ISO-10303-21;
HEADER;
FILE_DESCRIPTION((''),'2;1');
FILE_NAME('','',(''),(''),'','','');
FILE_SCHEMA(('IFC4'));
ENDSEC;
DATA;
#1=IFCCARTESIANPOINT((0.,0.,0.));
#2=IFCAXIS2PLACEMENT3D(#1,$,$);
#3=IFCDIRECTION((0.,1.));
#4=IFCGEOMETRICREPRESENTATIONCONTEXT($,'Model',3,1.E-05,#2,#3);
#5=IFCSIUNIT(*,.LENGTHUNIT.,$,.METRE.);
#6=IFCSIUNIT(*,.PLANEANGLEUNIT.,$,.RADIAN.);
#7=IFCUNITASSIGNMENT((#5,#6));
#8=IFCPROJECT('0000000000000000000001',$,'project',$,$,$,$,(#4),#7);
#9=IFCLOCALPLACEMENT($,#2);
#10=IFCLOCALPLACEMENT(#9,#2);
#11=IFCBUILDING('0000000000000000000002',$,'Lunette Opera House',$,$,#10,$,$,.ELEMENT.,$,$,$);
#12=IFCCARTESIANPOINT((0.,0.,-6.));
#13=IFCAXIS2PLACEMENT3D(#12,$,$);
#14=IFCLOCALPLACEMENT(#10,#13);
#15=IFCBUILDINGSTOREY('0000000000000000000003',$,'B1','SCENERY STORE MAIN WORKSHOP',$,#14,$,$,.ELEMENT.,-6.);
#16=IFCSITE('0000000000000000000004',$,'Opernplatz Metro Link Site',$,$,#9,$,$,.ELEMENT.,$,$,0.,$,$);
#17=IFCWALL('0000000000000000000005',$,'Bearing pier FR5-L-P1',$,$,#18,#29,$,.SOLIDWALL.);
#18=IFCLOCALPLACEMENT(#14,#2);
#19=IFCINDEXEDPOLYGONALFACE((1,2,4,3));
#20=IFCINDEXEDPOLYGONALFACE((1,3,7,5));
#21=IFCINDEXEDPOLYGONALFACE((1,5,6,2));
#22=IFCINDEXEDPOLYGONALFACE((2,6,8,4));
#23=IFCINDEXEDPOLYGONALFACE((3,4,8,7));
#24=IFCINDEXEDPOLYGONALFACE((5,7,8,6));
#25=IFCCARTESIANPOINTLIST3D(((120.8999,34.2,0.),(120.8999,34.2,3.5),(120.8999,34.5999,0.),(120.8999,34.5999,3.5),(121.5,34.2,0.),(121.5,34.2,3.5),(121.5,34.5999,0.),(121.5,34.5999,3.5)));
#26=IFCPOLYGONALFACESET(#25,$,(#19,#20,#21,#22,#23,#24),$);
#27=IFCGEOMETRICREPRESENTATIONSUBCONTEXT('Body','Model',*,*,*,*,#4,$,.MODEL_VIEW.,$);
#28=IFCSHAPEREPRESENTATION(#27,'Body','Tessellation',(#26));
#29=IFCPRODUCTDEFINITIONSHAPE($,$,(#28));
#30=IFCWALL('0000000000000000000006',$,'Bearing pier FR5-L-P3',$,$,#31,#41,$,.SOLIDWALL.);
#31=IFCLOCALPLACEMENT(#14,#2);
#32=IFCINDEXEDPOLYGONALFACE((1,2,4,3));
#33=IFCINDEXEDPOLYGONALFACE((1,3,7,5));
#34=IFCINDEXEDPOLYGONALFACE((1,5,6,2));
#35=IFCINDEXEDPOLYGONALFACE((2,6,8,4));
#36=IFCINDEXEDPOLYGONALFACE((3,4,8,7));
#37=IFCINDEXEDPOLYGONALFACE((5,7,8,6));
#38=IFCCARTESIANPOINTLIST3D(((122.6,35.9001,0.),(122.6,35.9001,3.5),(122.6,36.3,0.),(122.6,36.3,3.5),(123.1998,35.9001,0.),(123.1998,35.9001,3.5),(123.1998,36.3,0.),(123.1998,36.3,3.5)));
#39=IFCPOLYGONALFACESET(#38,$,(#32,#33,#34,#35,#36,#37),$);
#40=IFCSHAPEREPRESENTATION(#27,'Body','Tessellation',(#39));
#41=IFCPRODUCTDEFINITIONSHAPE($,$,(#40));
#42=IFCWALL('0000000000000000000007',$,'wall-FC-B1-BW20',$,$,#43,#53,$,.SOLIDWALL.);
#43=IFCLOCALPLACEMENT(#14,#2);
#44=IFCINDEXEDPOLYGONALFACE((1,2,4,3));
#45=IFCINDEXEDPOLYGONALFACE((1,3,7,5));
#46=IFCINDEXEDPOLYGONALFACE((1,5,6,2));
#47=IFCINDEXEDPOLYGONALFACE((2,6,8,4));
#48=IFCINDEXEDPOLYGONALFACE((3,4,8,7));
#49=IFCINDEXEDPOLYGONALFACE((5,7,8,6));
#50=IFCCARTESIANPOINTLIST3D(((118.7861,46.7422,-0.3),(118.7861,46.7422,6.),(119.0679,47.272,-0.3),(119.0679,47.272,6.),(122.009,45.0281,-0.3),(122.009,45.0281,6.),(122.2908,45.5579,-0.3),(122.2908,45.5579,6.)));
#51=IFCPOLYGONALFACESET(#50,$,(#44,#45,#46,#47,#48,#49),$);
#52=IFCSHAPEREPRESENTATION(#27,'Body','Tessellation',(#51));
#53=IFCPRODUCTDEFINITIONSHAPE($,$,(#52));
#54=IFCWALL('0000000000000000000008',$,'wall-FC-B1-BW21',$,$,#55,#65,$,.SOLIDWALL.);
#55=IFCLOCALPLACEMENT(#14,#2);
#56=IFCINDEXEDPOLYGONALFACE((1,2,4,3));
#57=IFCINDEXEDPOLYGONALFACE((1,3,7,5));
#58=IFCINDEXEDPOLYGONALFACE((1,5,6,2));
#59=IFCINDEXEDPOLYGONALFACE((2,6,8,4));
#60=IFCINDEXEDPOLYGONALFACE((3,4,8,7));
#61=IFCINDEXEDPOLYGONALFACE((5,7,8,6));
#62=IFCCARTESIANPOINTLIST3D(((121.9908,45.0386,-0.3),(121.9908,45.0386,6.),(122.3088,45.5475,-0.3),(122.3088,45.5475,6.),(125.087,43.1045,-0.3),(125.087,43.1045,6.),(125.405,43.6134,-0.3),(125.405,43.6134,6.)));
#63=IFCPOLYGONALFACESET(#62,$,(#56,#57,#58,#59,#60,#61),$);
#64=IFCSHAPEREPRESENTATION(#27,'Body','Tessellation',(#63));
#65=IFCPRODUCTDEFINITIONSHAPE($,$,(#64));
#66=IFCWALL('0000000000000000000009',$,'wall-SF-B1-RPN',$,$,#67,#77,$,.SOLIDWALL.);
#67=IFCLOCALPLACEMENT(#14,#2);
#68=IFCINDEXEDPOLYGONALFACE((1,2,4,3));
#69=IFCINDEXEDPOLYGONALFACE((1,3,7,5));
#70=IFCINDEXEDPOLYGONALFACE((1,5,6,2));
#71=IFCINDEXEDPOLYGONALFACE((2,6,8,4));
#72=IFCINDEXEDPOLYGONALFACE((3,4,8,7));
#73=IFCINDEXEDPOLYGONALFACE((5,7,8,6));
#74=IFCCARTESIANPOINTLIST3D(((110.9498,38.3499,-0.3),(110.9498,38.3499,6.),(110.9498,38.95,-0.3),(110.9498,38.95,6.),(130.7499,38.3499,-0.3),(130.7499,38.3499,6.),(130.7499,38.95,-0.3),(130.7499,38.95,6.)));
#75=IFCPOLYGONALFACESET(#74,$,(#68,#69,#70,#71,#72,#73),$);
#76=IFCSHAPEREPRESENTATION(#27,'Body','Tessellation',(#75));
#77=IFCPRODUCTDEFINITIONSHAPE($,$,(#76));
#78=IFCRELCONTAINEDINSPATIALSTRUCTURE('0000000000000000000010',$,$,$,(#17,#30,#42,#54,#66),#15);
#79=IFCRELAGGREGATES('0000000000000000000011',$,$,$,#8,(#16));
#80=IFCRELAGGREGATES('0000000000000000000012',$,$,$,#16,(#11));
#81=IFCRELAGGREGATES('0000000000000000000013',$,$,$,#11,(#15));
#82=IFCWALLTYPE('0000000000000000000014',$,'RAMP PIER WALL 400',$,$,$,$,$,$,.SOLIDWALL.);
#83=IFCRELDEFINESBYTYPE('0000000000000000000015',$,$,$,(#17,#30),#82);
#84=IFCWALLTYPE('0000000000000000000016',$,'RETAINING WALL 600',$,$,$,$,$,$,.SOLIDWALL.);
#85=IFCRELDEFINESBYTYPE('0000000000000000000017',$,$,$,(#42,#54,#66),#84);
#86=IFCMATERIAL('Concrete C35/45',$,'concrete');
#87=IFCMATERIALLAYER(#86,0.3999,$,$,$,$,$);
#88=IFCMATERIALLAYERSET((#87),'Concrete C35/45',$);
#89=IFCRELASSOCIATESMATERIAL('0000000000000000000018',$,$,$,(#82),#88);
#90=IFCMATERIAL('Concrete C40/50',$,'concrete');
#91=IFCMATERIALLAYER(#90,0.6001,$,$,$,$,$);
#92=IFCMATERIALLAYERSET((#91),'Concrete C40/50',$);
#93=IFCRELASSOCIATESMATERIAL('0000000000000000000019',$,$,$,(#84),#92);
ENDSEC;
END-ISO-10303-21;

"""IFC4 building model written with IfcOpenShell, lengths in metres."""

from ifc_helpers import new_model, si_unit, direction, frame, frame_2d, origin, place, context, subcontext, project, spatial, rectangle, extrude, material, layer, layer_set, type_object, element, save


model = new_model("IFC4")

# Units and contexts
model_context = context("Model", 3, precision=1e-05, world=origin(), true_north=direction((0.0, 1.0)))
body_context = subcontext(model_context, "Body", "Model", "MODEL_VIEW")
ifc_project = project(units=[si_unit("LENGTHUNIT", "METRE"), si_unit("PLANEANGLEUNIT", "RADIAN")], contexts=[model_context])

# Site, building, storey
site_placement = place(None, origin())
site = spatial("IfcSite", under=ifc_project, at=site_placement, Name="Opernplatz Metro Link Site", CompositionType="ELEMENT", RefElevation=0.0)
building_placement = place(site_placement, origin())
building = spatial("IfcBuilding", under=site, at=building_placement, Name="Lunette Opera House", CompositionType="ELEMENT")
storey_placement = place(building_placement, frame((0.0, 0.0, -6.0)))
storey = spatial("IfcBuildingStorey", under=building, at=storey_placement, Name="B1", Description="SCENERY STORE MAIN WORKSHOP", CompositionType="ELEMENT", Elevation=-6.0)

# Walls
ifc_material_1 = material(Name="Concrete C35/45", Category="concrete")
ifc_layer_1 = layer(ifc_material_1, 0.3999)
ifc_layer_set_1 = layer_set([ifc_layer_1], Name="Concrete C35/45")
wall_type_1 = type_object("IfcWallType", Name="RAMP PIER WALL 400", PredefinedType="SOLIDWALL", material=ifc_layer_set_1)
wall_1_placement = place(storey_placement, frame((120.8999, 34.3999, 0.0), z_axis=(0.0, 0.0, 1.0), x_axis=(1.0, 0.0, 0.0)))
element("IfcWall", 1, at=wall_1_placement, inside=storey, type_object=wall_type_1, Name="Bearing pier FR5-L-P1", PredefinedType="SOLIDWALL", context=body_context, shape_type="SweptSolid", body=[
    extrude(rectangle(XDim=0.6001, YDim=0.3999, at=frame_2d((0.3, 0.0))), origin(), (0.0, 0.0, 1.0), 3.5),
])
wall_2_placement = place(storey_placement, frame((122.6001, 36.1001, 0.0), z_axis=(0.0, 0.0, 1.0), x_axis=(1.0, 0.0, 0.0)))
element("IfcWall", 2, at=wall_2_placement, inside=storey, type_object=wall_type_1, Name="Bearing pier FR5-L-P3", PredefinedType="SOLIDWALL", context=body_context, shape_type="SweptSolid", body=[
    extrude(rectangle(XDim=0.5999, YDim=0.3999, at=frame_2d((0.2998, 0.0))), origin(), (0.0, 0.0, 1.0), 3.5),
])
ifc_material_2 = material(Name="Concrete C40/50", Category="concrete")
ifc_layer_2 = layer(ifc_material_2, 0.6001)
ifc_layer_set_2 = layer_set([ifc_layer_2], Name="Concrete C40/50")
wall_type_2 = type_object("IfcWallType", Name="RETAINING WALL 600", PredefinedType="SOLIDWALL", material=ifc_layer_set_2)
wall_3_placement = place(storey_placement, frame((118.927, 47.0071, -0.3), z_axis=(0.0, 0.0, 1.0), x_axis=(0.882895, -0.469571, 0.0)))
element("IfcWall", 3, at=wall_3_placement, inside=storey, type_object=wall_type_2, Name="wall-FC-B1-BW20", PredefinedType="SOLIDWALL", context=body_context, shape_type="SweptSolid", body=[
    extrude(rectangle(XDim=3.6504, YDim=0.6001, at=frame_2d((1.8252, 0.0))), origin(), (0.0, 0.0, 1.0), 6.3),
])
wall_4_placement = place(storey_placement, frame((122.1499, 45.293, -0.3), z_axis=(0.0, 0.0, 1.0), x_axis=(0.848126, -0.529795, 0.0)))
element("IfcWall", 4, at=wall_4_placement, inside=storey, type_object=wall_type_2, Name="wall-FC-B1-BW21", PredefinedType="SOLIDWALL", context=body_context, shape_type="SweptSolid", body=[
    extrude(rectangle(XDim=3.6506, YDim=0.6001, at=frame_2d((1.8252, 0.0))), origin(), (0.0, 0.0, 1.0), 6.3),
])
wall_5_placement = place(storey_placement, frame((110.95, 38.6499, -0.3), z_axis=(0.0, 0.0, 1.0), x_axis=(1.0, 0.0, 0.0)))
element("IfcWall", 5, at=wall_5_placement, inside=storey, type_object=wall_type_2, Name="wall-SF-B1-RPN", PredefinedType="SOLIDWALL", context=body_context, shape_type="SweptSolid", body=[
    extrude(rectangle(XDim=19.8, YDim=0.6001, at=frame_2d((9.8999, 0.0))), origin(), (0.0, 0.0, 1.0), 6.3),
])

save(model, "model.ifc")
